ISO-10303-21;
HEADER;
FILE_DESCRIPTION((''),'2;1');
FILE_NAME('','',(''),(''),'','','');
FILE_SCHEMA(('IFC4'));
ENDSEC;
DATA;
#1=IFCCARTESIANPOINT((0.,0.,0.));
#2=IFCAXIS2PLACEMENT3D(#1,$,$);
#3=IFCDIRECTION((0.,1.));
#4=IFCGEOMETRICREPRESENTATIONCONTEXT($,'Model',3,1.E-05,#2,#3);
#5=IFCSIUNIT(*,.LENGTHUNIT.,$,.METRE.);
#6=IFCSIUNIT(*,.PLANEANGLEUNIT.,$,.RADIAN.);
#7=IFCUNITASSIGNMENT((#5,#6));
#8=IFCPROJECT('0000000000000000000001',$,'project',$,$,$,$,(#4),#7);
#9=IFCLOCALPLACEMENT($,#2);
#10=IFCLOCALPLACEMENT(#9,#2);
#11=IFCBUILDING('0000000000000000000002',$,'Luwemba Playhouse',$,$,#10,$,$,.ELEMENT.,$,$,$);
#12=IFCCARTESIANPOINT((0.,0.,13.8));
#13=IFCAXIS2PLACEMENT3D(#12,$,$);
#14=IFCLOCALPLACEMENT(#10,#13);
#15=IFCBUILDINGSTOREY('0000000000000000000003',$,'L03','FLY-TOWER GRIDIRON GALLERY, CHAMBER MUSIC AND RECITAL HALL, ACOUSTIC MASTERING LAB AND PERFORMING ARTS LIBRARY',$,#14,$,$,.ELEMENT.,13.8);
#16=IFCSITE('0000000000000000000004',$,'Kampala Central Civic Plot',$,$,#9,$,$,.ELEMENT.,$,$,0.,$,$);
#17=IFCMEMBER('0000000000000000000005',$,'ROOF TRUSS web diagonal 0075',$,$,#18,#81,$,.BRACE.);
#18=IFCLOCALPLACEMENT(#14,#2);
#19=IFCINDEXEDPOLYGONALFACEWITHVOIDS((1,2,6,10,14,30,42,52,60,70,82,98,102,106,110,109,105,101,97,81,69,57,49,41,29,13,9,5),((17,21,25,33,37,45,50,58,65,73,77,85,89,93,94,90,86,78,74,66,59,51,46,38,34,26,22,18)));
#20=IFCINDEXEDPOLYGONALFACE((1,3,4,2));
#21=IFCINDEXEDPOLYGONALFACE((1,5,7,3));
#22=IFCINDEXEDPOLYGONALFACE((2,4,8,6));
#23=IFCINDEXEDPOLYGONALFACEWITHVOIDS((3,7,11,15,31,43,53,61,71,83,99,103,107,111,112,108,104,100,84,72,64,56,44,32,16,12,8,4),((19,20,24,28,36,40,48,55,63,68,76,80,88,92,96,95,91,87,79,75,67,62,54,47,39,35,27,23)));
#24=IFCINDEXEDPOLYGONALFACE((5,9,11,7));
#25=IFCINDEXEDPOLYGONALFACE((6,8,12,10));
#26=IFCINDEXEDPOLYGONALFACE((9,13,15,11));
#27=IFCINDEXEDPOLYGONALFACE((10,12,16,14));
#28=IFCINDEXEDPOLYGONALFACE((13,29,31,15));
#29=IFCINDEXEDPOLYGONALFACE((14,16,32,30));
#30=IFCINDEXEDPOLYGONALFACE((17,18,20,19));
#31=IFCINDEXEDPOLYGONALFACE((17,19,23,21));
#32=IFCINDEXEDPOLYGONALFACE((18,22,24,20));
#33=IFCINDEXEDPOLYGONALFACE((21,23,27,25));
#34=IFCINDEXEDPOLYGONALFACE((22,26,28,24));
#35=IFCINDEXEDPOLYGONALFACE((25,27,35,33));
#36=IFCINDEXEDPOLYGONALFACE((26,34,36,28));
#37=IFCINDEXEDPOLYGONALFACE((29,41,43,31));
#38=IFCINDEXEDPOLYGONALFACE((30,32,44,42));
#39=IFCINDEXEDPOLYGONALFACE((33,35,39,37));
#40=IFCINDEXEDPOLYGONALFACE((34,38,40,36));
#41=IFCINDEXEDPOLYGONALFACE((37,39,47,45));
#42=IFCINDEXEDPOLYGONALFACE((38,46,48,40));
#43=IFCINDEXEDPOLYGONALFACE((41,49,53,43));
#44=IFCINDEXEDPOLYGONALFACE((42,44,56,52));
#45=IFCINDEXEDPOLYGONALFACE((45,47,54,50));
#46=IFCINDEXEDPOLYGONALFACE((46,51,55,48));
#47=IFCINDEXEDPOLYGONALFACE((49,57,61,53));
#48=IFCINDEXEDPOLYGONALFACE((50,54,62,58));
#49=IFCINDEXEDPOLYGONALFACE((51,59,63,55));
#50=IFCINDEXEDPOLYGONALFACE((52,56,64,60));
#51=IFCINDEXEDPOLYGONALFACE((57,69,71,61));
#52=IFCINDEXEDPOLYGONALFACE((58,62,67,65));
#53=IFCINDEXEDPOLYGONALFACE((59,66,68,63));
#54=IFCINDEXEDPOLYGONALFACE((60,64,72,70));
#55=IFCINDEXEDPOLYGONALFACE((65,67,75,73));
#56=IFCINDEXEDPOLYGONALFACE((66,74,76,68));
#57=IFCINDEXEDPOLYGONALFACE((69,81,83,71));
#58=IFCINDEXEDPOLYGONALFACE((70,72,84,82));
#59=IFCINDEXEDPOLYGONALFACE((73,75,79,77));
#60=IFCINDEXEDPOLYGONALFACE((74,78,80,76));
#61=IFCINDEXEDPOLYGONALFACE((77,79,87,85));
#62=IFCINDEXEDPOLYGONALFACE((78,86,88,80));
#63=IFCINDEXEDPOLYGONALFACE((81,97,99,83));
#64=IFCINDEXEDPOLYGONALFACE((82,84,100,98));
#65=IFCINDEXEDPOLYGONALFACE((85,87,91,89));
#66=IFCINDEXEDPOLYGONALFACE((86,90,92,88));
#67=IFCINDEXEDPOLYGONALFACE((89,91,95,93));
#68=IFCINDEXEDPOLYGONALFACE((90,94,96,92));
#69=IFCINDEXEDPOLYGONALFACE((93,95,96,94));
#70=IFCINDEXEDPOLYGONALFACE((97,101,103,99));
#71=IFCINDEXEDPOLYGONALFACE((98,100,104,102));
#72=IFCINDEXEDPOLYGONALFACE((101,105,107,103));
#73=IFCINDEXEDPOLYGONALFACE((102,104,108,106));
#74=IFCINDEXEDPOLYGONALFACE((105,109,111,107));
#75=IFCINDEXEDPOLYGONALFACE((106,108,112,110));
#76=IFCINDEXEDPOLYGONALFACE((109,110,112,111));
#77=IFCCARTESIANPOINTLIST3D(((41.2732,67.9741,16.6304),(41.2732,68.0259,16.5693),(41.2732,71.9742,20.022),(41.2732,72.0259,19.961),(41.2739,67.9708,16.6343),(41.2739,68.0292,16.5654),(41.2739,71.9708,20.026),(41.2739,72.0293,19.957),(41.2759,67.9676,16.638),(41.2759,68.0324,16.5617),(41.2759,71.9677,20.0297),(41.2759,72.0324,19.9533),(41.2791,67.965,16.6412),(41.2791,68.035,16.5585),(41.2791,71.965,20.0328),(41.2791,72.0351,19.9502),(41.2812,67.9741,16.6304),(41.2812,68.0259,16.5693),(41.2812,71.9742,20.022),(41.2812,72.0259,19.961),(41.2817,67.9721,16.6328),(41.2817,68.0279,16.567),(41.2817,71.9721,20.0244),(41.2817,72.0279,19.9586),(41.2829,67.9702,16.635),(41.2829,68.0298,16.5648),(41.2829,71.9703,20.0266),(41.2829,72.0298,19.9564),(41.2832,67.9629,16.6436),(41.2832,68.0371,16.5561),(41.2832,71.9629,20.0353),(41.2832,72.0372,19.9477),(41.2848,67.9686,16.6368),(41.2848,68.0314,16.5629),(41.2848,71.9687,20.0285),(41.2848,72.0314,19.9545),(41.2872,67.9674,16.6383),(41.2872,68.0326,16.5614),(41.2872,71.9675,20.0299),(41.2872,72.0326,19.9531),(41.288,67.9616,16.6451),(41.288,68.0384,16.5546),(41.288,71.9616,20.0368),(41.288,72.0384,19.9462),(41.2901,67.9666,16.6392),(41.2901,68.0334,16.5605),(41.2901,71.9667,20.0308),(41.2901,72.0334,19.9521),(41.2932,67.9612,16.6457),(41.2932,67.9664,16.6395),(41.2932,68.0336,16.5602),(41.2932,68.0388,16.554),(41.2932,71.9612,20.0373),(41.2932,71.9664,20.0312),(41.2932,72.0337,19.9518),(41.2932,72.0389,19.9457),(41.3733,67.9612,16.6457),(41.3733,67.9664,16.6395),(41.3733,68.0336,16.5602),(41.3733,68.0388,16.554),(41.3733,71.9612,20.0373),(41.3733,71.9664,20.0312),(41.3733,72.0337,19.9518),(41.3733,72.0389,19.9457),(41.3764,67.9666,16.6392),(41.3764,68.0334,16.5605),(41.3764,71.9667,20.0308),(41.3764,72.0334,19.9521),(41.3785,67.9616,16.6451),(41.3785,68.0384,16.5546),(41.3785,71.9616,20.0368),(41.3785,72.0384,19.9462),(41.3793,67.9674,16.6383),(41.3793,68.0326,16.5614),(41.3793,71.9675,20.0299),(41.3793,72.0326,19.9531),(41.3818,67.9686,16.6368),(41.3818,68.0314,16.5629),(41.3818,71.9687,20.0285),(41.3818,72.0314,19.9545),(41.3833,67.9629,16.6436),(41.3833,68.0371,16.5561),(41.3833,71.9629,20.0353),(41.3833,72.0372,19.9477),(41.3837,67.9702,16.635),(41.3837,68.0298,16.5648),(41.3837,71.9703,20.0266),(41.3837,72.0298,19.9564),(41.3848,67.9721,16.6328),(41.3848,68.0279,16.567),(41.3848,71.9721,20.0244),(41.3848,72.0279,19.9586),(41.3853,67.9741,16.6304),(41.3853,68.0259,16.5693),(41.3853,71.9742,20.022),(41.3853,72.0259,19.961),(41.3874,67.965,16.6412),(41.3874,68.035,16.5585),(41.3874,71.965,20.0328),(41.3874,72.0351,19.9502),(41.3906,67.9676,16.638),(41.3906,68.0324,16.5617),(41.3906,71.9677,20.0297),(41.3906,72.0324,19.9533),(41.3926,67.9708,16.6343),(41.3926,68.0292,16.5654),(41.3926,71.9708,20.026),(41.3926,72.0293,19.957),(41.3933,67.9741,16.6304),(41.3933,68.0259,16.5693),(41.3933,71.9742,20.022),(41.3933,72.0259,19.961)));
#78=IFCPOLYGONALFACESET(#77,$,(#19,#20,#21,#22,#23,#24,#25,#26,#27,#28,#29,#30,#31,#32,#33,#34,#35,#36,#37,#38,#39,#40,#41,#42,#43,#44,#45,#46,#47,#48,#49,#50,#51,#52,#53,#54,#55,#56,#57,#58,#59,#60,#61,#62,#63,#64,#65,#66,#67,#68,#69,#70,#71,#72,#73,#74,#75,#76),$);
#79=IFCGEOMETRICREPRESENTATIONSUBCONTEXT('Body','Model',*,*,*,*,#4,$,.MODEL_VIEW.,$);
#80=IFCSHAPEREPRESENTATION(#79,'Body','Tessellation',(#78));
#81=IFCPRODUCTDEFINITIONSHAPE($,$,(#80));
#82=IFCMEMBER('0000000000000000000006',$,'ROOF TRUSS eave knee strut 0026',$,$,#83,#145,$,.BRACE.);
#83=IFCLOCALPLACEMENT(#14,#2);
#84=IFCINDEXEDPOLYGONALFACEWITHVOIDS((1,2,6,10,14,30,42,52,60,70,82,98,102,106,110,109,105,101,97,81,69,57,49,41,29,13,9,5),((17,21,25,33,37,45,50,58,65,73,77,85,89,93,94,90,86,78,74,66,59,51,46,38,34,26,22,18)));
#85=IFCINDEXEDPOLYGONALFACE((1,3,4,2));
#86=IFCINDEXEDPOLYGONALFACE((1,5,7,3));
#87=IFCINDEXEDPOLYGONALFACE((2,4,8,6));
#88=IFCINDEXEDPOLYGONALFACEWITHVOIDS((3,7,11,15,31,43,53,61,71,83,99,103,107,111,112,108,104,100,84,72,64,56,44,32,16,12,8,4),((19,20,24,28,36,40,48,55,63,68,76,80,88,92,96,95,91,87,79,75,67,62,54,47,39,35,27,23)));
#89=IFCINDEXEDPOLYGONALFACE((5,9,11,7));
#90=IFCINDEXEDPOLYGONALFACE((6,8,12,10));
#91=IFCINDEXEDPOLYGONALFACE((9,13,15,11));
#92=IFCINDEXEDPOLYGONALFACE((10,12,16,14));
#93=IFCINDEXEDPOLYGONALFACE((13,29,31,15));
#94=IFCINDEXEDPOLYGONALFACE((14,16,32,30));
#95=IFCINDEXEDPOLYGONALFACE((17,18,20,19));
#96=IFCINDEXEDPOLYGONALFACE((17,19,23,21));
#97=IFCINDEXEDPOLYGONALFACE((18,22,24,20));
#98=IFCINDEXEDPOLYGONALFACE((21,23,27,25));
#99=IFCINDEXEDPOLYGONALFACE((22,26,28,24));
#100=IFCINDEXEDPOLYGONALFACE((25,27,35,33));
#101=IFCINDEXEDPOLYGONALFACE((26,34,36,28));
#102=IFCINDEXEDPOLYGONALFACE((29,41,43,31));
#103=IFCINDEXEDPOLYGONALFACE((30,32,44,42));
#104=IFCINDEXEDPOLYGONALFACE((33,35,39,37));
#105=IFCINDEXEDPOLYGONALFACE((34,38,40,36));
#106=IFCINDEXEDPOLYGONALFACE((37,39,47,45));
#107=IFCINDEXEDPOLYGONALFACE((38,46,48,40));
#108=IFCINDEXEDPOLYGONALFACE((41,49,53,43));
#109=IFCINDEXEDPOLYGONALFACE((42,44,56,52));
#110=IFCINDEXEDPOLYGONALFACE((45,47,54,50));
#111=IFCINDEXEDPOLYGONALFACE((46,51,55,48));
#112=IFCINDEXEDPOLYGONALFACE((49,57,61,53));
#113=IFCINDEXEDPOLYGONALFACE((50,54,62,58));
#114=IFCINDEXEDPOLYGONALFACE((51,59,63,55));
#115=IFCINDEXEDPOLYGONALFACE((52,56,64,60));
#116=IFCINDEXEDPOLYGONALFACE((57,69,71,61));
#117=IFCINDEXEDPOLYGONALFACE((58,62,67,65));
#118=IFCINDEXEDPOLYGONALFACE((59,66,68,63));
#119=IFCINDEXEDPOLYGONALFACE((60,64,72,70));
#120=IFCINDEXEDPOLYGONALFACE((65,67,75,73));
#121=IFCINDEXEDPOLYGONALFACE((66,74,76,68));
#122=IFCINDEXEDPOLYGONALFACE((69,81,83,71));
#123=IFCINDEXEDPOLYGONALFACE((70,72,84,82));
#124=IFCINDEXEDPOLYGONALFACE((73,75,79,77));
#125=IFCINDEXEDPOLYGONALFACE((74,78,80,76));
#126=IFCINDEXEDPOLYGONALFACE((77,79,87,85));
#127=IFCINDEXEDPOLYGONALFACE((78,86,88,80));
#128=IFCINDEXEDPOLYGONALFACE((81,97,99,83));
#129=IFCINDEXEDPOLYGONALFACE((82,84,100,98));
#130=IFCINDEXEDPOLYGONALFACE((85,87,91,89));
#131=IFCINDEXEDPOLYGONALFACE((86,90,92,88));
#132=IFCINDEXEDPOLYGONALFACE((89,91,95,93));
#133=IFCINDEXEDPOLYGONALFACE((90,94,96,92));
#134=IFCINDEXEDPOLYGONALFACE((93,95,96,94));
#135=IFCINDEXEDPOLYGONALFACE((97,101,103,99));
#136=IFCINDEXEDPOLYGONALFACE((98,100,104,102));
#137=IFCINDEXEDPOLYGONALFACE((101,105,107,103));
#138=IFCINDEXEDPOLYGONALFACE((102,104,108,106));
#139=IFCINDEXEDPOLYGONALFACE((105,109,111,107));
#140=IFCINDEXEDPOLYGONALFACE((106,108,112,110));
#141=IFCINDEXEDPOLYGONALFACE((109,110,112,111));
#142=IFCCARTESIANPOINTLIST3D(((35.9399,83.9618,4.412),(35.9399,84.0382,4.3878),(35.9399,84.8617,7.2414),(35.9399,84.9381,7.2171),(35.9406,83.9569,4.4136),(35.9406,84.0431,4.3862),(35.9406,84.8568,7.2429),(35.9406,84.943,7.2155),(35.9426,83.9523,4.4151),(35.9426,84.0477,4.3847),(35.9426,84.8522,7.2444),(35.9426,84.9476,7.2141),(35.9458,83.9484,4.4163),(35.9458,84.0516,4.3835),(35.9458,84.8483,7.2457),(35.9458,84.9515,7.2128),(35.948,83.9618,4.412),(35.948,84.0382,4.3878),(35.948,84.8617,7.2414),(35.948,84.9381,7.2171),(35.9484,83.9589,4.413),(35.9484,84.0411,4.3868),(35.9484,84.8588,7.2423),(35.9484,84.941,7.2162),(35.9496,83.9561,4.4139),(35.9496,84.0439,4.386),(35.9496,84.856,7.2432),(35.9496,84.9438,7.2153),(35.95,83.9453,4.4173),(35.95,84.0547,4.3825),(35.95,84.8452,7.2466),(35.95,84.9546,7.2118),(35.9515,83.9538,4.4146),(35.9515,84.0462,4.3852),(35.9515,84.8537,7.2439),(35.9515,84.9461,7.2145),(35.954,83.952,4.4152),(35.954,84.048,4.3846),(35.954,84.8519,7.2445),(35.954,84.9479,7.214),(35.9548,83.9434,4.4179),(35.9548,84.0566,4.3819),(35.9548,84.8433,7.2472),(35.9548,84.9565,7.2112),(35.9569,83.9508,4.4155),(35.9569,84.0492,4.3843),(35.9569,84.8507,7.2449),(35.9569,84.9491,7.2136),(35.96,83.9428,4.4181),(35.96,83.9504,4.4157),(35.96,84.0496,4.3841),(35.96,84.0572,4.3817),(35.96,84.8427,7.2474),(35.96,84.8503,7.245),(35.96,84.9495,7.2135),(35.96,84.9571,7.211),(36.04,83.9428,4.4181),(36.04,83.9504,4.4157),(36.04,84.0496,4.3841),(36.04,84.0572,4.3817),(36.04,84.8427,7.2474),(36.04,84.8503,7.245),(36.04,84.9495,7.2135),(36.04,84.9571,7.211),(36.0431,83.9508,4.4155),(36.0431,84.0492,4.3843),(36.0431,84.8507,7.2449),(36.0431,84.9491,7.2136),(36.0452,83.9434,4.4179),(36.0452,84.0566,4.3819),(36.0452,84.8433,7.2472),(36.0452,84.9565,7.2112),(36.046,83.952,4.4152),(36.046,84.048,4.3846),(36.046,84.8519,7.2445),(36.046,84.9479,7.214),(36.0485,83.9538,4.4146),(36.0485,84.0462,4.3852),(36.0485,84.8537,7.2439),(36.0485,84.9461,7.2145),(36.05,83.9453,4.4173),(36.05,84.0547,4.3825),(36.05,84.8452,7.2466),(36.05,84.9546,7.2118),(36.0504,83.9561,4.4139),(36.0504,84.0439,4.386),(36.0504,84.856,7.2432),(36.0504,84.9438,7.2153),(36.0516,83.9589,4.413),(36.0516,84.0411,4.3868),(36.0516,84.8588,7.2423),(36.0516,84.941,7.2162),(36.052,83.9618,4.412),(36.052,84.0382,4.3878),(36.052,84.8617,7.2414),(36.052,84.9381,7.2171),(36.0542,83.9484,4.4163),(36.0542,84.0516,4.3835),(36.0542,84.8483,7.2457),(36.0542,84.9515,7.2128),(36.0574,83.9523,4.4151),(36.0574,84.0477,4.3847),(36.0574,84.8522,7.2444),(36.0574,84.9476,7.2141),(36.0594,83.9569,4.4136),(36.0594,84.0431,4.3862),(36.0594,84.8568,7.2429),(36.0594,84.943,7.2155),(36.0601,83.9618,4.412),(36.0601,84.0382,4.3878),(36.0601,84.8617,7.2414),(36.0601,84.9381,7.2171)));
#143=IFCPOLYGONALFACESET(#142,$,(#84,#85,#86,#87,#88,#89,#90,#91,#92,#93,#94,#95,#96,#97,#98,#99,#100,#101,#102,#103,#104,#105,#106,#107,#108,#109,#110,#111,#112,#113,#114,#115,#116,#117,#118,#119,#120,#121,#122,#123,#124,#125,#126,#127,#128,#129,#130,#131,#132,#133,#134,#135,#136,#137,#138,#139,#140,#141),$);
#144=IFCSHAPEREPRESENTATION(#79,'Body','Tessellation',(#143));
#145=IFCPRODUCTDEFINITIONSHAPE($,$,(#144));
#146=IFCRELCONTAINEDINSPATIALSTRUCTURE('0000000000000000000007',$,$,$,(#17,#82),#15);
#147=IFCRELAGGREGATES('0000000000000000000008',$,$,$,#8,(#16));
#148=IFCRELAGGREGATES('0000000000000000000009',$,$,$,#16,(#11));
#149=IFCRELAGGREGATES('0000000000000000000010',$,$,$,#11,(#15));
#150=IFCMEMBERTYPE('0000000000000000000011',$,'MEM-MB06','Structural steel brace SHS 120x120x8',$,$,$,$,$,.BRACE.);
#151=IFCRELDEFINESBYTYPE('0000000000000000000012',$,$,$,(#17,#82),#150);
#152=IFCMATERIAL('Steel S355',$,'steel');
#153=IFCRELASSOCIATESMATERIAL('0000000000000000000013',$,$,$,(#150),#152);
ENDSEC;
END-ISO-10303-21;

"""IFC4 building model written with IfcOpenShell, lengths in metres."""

from ifc_helpers import new_model, si_unit, direction, frame, origin, origin_2d, place, context, subcontext, project, spatial, hollow_rectangle, extrude, material, material_profile, profile_set, type_object, element, save


model = new_model("IFC4")

# Units and contexts
model_context = context("Model", 3, precision=1e-05, world=origin(), true_north=direction((0.0, 1.0)))
body_context = subcontext(model_context, "Body", "Model", "MODEL_VIEW")
ifc_project = project(units=[si_unit("LENGTHUNIT", "METRE"), si_unit("PLANEANGLEUNIT", "RADIAN")], contexts=[model_context])

# Site, building, storey
site_placement = place(None, origin())
site = spatial("IfcSite", under=ifc_project, at=site_placement, Name="Kampala Central Civic Plot", CompositionType="ELEMENT", RefElevation=0.0)
building_placement = place(site_placement, origin())
building = spatial("IfcBuilding", under=site, at=building_placement, Name="Luwemba Playhouse", CompositionType="ELEMENT")
storey_placement = place(building_placement, frame((0.0, 0.0, 13.8)))
storey = spatial("IfcBuildingStorey", under=building, at=storey_placement, Name="L03", Description="FLY-TOWER GRIDIRON GALLERY, CHAMBER MUSIC AND RECITAL HALL, ACOUSTIC MASTERING LAB AND PERFORMING ARTS LIBRARY", CompositionType="ELEMENT", Elevation=13.8)

# Shared definitions
ifc_material_1 = material(Name="Steel S355", Category="steel")

# Members
ifc_material_profile_1 = material_profile(ifc_material_1, hollow_rectangle(XDim=0.1201, YDim=0.1201, WallThickness=0.0081, InnerFilletRadius=0.012, OuterFilletRadius=0.02, at=origin_2d()))
ifc_profile_set_1 = profile_set([ifc_material_profile_1], Name="Steel S355")
member_type_1 = type_object("IfcMemberType", Name="MEM-MB06", Description="Structural steel brace SHS 120x120x8", PredefinedType="BRACE", material=ifc_profile_set_1)
member_1_placement = place(storey_placement, frame((41.3333, 68.0, 16.5999), z_axis=(0.0, 0.762729, 0.646718), x_axis=(-1.0, 0.0, 0.0)))
element("IfcMember", 1, at=member_1_placement, inside=storey, type_object=member_type_1, Name="ROOF TRUSS web diagonal 0075", PredefinedType="BRACE", context=body_context, shape_type="SweptSolid", body=[
    extrude(hollow_rectangle(XDim=0.1201, YDim=0.1201, WallThickness=0.0081, InnerFilletRadius=0.012, OuterFilletRadius=0.02, at=origin_2d()), origin(), (0.0, 0.0, 1.0), 5.2444),
])
member_2_placement = place(storey_placement, frame((36.0, 84.0, 4.3999), z_axis=(0.0, 0.303098, 0.952959), x_axis=(-1.0, 0.0, 0.0)))
element("IfcMember", 2, at=member_2_placement, inside=storey, type_object=member_type_1, Name="ROOF TRUSS eave knee strut 0026", PredefinedType="BRACE", context=body_context, shape_type="SweptSolid", body=[
    extrude(hollow_rectangle(XDim=0.1201, YDim=0.1201, WallThickness=0.0081, InnerFilletRadius=0.012, OuterFilletRadius=0.02, at=origin_2d()), origin(), (0.0, 0.0, 1.0), 2.969),
])

save(model, "model.ifc")
